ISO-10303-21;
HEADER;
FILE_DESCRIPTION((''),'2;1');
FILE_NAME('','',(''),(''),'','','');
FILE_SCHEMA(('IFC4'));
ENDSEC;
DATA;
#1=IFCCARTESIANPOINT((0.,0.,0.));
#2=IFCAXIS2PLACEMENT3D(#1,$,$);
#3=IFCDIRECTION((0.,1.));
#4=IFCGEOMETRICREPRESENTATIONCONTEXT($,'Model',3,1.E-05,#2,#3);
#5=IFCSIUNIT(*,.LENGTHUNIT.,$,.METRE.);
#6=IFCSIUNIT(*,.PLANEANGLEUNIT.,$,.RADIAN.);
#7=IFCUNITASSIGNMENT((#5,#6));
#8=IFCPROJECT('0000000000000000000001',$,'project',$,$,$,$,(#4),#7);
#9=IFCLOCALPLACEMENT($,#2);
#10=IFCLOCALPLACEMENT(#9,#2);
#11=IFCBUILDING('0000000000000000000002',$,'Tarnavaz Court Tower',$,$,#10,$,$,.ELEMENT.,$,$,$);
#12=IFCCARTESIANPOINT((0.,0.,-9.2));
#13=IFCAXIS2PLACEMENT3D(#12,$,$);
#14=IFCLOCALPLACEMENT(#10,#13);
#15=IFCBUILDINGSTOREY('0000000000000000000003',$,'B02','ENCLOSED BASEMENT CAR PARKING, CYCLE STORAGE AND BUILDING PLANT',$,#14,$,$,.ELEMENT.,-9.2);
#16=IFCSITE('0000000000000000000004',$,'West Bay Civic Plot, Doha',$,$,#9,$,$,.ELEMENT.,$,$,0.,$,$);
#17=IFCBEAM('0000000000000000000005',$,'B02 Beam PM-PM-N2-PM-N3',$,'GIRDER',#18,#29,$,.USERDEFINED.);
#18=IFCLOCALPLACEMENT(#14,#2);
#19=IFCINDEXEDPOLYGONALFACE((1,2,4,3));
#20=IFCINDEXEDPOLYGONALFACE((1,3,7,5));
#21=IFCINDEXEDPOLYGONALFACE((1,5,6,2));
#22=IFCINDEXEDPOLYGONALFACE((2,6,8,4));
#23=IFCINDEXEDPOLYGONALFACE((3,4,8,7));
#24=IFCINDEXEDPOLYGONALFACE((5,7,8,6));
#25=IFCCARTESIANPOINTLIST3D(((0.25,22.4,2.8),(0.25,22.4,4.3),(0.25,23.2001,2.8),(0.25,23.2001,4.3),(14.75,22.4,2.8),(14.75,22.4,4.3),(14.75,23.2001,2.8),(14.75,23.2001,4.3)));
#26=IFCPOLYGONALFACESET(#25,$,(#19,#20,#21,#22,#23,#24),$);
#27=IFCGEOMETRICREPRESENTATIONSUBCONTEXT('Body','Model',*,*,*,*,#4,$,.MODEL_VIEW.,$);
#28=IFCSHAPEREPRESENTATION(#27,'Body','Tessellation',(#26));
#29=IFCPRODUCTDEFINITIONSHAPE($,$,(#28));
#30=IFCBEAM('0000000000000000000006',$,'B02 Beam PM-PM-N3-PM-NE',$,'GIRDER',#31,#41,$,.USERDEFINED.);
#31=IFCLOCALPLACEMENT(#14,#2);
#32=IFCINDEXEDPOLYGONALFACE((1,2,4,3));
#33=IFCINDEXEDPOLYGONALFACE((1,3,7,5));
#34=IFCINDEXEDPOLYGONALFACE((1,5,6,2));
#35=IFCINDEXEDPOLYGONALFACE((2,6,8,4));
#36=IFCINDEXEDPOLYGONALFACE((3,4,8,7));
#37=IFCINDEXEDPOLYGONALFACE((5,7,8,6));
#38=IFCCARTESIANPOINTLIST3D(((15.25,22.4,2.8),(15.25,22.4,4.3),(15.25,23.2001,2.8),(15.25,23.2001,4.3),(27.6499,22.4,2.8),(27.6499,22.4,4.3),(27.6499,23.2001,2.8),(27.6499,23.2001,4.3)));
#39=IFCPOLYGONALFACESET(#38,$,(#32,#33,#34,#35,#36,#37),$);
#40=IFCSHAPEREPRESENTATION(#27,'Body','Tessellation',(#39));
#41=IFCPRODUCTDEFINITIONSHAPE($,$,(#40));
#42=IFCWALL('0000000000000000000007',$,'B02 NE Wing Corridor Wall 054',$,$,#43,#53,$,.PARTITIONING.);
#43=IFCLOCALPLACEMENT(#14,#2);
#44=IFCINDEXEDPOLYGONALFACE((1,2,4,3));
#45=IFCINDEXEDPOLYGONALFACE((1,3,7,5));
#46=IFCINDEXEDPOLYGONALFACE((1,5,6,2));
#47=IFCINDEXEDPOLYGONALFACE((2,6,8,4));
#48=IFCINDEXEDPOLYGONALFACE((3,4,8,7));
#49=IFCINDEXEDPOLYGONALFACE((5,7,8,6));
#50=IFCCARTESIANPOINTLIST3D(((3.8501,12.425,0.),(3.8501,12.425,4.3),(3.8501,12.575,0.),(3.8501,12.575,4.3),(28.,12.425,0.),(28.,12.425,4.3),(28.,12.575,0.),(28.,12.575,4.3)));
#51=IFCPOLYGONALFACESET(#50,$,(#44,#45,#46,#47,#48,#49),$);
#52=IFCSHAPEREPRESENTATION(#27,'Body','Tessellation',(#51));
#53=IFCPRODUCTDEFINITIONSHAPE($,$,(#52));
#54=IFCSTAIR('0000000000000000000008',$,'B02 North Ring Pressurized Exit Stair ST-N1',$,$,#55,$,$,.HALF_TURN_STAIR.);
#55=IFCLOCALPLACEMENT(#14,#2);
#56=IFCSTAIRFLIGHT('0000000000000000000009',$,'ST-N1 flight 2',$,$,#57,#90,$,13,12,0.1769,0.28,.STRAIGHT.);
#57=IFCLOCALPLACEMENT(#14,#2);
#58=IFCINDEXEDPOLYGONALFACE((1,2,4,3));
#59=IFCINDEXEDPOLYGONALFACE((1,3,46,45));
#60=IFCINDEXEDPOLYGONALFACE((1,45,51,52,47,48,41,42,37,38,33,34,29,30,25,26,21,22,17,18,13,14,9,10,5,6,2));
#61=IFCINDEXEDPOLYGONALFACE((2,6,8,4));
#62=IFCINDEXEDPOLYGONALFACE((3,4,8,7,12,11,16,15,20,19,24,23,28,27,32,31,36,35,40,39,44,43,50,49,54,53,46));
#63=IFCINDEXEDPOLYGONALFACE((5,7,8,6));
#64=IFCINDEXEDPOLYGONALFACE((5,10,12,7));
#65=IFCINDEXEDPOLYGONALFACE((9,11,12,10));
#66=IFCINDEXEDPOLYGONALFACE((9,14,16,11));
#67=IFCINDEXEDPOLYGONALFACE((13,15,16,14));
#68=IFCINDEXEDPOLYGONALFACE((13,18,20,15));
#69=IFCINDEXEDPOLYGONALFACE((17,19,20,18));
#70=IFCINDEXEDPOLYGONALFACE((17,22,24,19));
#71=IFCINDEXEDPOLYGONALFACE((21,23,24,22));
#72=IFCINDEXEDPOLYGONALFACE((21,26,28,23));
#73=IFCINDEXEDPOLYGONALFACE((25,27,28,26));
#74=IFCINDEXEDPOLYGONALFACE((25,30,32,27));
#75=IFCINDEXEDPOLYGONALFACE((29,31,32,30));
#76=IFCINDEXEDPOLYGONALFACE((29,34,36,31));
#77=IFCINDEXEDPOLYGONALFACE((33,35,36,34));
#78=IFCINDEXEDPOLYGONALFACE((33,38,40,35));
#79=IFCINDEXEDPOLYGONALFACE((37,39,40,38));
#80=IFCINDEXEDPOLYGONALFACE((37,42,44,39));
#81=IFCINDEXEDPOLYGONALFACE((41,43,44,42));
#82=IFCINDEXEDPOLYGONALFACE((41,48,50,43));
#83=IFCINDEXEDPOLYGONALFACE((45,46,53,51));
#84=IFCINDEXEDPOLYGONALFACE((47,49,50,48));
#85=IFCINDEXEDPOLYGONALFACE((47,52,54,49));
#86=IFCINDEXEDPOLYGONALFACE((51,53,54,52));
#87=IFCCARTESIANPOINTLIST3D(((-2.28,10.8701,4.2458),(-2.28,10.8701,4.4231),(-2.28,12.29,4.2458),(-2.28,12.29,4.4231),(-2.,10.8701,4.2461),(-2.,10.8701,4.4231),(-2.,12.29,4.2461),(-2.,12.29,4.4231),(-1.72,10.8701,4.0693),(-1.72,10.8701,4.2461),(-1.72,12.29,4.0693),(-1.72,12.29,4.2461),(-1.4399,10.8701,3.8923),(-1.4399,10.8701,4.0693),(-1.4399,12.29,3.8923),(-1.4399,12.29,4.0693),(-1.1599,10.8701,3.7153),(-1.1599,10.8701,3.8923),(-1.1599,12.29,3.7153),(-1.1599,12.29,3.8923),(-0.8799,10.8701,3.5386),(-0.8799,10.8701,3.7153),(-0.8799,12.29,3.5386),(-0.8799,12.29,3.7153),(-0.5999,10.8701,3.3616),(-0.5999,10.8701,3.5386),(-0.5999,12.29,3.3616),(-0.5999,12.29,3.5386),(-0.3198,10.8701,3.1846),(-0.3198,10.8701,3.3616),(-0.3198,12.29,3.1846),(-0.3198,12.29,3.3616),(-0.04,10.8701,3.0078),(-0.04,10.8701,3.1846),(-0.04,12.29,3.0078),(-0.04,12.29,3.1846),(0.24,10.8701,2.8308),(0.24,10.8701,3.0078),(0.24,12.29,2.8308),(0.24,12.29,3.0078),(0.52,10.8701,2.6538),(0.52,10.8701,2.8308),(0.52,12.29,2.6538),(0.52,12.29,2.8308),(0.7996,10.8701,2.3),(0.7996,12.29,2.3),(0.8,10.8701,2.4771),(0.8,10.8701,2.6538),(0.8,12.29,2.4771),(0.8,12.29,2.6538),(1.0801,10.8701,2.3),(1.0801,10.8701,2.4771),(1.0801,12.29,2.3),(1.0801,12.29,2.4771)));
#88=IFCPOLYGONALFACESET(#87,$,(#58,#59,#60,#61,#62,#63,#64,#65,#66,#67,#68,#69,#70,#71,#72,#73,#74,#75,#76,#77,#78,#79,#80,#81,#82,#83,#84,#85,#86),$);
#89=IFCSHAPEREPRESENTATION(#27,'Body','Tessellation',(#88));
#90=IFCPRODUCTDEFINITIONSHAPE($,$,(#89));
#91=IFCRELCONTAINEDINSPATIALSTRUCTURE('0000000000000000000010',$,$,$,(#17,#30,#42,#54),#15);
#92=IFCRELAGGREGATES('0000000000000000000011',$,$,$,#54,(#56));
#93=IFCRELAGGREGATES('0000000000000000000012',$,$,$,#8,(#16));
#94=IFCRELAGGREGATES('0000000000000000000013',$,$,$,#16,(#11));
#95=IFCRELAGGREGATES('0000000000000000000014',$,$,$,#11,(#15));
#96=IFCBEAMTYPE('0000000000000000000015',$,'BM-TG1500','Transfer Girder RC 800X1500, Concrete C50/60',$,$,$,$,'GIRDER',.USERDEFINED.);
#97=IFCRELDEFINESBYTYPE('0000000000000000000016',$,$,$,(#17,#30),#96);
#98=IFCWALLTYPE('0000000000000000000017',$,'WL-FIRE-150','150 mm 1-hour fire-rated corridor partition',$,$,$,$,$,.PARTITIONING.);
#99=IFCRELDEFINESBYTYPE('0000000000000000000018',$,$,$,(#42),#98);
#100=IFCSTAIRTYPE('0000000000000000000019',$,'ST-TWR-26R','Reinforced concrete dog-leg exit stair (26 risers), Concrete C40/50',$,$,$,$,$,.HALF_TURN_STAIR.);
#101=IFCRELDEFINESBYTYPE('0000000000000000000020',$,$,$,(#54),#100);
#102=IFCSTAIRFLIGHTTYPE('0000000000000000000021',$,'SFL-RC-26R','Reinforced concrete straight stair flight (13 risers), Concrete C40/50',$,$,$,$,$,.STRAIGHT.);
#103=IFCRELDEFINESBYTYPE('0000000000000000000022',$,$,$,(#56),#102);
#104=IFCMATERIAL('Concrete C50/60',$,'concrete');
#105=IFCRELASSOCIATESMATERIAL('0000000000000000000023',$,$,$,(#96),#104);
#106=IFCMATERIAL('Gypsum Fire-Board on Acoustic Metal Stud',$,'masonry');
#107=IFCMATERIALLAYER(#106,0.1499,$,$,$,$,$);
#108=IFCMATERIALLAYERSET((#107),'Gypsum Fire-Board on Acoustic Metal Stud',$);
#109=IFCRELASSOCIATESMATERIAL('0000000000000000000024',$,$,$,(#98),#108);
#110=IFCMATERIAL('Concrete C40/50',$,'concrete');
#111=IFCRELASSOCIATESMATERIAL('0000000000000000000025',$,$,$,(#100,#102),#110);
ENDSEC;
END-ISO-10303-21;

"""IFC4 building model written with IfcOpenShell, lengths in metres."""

from ifc_helpers import new_model, si_unit, direction, frame, frame_2d, origin, origin_2d, place, context, subcontext, project, spatial, polyline, rectangle, outline, extrude, material, layer, layer_set, material_profile, profile_set, type_object, element, aggregate, save


model = new_model("IFC4")

# Units and contexts
model_context = context("Model", 3, precision=1e-05, world=origin(), true_north=direction((0.0, 1.0)))
body_context = subcontext(model_context, "Body", "Model", "MODEL_VIEW")
ifc_project = project(units=[si_unit("LENGTHUNIT", "METRE"), si_unit("PLANEANGLEUNIT", "RADIAN")], contexts=[model_context])

# Site, building, storey
site_placement = place(None, origin())
site = spatial("IfcSite", under=ifc_project, at=site_placement, Name="West Bay Civic Plot, Doha", CompositionType="ELEMENT", RefElevation=0.0)
building_placement = place(site_placement, origin())
building = spatial("IfcBuilding", under=site, at=building_placement, Name="Tarnavaz Court Tower", CompositionType="ELEMENT")
storey_placement = place(building_placement, frame((0.0, 0.0, -9.2)))
storey = spatial("IfcBuildingStorey", under=building, at=storey_placement, Name="B02", Description="ENCLOSED BASEMENT CAR PARKING, CYCLE STORAGE AND BUILDING PLANT", CompositionType="ELEMENT", Elevation=-9.2)

# Shared definitions
ifc_material_1 = material(Name="Concrete C50/60", Category="concrete")

# Beams
ifc_material_profile_1 = material_profile(ifc_material_1, rectangle(XDim=0.8, YDim=1.5, at=origin_2d()), Name="RC 800X1500")
ifc_profile_set_1 = profile_set([ifc_material_profile_1], Name="Concrete C50/60")
beam_type_1 = type_object("IfcBeamType", Name="BM-TG1500", Description="Transfer Girder RC 800X1500, Concrete C50/60", ElementType="GIRDER", PredefinedType="USERDEFINED", material=ifc_profile_set_1)
beam_1_placement = place(storey_placement, frame((0.25, 22.8, 3.55), z_axis=(1.0, 0.0, 0.0), x_axis=(0.0, 1.0, 0.0)))
element("IfcBeam", 1, at=beam_1_placement, inside=storey, type_object=beam_type_1, Name="B02 Beam PM-PM-N2-PM-N3", ObjectType="GIRDER", PredefinedType="USERDEFINED", context=body_context, shape_type="SweptSolid", body=[
    extrude(rectangle(XDim=0.8, YDim=1.5, at=origin_2d()), origin(), (0.0, 0.0, 1.0), 14.5),
])
beam_2_placement = place(storey_placement, frame((15.25, 22.8, 3.55), z_axis=(1.0, 0.0, 0.0), x_axis=(0.0, 1.0, 0.0)))
element("IfcBeam", 2, at=beam_2_placement, inside=storey, type_object=beam_type_1, Name="B02 Beam PM-PM-N3-PM-NE", ObjectType="GIRDER", PredefinedType="USERDEFINED", context=body_context, shape_type="SweptSolid", body=[
    extrude(rectangle(XDim=0.8, YDim=1.5, at=origin_2d()), origin(), (0.0, 0.0, 1.0), 12.3999),
])

# Wall
ifc_material_2 = material(Name="Gypsum Fire-Board on Acoustic Metal Stud", Category="masonry")
ifc_layer = layer(ifc_material_2, 0.1499)
ifc_layer_set = layer_set([ifc_layer], Name="Gypsum Fire-Board on Acoustic Metal Stud")
wall_type = type_object("IfcWallType", Name="WL-FIRE-150", Description="150 mm 1-hour fire-rated corridor partition", PredefinedType="PARTITIONING", material=ifc_layer_set)
wall_placement = place(storey_placement, frame((3.8501, 12.5, 0.0), z_axis=(0.0, 0.0, 1.0), x_axis=(1.0, 0.0, 0.0)))
element("IfcWall", 3, at=wall_placement, inside=storey, type_object=wall_type, Name="B02 NE Wing Corridor Wall 054", PredefinedType="PARTITIONING", context=body_context, shape_type="SweptSolid", body=[
    extrude(rectangle(XDim=24.1499, YDim=0.1499, at=frame_2d((12.075, 0.0))), origin(), (0.0, 0.0, 1.0), 4.3),
])

# Stair, stair flight
ifc_material_3 = material(Name="Concrete C40/50", Category="concrete")
stair_type = type_object("IfcStairType", Name="ST-TWR-26R", Description="Reinforced concrete dog-leg exit stair (26 risers), Concrete C40/50", PredefinedType="HALF_TURN_STAIR", material=ifc_material_3)
stair_placement = place(storey_placement, origin())
stair = element("IfcStair", 4, at=stair_placement, inside=storey, type_object=stair_type, Name="B02 North Ring Pressurized Exit Stair ST-N1", PredefinedType="HALF_TURN_STAIR")
stair_flight_type = type_object("IfcStairFlightType", Name="SFL-RC-26R", Description="Reinforced concrete straight stair flight (13 risers), Concrete C40/50", PredefinedType="STRAIGHT", material=ifc_material_3)
stair_flight_placement = place(storey_placement, frame((1.0801, 11.5801, 2.3), z_axis=(0.0, 0.0, 1.0), x_axis=(-1.0, 0.0, 0.0)))
stair_flight = element("IfcStairFlight", 5, at=stair_flight_placement, type_object=stair_flight_type, Name="ST-N1 flight 2", NumberOfRisers=13, NumberOfTreads=12, PredefinedType="STRAIGHT", RiserHeight=0.1769, TreadLength=0.28, context=body_context, shape_type="SweptSolid", body=[
    extrude(outline(polyline([(0.0, 0.0), (0.0, 0.177), (0.28, 0.177), (0.28, 0.3538), (0.5601, 0.3538), (0.5601, 0.5308), (0.8401, 0.5308), (0.8401, 0.7078), (1.1201, 0.7078), (1.1201, 0.8845), (1.3999, 0.8845), (1.3999, 1.0615), (1.6799, 1.0615), (1.6799, 1.2385), (1.96, 1.2385), (1.96, 1.4153), (2.24, 1.4153), (2.24, 1.5923), (2.52, 1.5923), (2.52, 1.7693), (2.8, 1.7693), (2.8, 1.946), (3.0801, 1.946), (3.0801, 2.123), (3.3601, 2.123), (3.3601, 2.3), (3.3601, 1.9458), (0.2805, 0.0), (0.0, 0.0)])), frame((0.0, 0.71, 0.0), z_axis=(0.0, -1.0, 0.0), x_axis=(1.0, 0.0, 0.0)), (0.0, 0.0, 1.0), 1.4199),
])
aggregate(stair, [stair_flight])

save(model, "model.ifc")
